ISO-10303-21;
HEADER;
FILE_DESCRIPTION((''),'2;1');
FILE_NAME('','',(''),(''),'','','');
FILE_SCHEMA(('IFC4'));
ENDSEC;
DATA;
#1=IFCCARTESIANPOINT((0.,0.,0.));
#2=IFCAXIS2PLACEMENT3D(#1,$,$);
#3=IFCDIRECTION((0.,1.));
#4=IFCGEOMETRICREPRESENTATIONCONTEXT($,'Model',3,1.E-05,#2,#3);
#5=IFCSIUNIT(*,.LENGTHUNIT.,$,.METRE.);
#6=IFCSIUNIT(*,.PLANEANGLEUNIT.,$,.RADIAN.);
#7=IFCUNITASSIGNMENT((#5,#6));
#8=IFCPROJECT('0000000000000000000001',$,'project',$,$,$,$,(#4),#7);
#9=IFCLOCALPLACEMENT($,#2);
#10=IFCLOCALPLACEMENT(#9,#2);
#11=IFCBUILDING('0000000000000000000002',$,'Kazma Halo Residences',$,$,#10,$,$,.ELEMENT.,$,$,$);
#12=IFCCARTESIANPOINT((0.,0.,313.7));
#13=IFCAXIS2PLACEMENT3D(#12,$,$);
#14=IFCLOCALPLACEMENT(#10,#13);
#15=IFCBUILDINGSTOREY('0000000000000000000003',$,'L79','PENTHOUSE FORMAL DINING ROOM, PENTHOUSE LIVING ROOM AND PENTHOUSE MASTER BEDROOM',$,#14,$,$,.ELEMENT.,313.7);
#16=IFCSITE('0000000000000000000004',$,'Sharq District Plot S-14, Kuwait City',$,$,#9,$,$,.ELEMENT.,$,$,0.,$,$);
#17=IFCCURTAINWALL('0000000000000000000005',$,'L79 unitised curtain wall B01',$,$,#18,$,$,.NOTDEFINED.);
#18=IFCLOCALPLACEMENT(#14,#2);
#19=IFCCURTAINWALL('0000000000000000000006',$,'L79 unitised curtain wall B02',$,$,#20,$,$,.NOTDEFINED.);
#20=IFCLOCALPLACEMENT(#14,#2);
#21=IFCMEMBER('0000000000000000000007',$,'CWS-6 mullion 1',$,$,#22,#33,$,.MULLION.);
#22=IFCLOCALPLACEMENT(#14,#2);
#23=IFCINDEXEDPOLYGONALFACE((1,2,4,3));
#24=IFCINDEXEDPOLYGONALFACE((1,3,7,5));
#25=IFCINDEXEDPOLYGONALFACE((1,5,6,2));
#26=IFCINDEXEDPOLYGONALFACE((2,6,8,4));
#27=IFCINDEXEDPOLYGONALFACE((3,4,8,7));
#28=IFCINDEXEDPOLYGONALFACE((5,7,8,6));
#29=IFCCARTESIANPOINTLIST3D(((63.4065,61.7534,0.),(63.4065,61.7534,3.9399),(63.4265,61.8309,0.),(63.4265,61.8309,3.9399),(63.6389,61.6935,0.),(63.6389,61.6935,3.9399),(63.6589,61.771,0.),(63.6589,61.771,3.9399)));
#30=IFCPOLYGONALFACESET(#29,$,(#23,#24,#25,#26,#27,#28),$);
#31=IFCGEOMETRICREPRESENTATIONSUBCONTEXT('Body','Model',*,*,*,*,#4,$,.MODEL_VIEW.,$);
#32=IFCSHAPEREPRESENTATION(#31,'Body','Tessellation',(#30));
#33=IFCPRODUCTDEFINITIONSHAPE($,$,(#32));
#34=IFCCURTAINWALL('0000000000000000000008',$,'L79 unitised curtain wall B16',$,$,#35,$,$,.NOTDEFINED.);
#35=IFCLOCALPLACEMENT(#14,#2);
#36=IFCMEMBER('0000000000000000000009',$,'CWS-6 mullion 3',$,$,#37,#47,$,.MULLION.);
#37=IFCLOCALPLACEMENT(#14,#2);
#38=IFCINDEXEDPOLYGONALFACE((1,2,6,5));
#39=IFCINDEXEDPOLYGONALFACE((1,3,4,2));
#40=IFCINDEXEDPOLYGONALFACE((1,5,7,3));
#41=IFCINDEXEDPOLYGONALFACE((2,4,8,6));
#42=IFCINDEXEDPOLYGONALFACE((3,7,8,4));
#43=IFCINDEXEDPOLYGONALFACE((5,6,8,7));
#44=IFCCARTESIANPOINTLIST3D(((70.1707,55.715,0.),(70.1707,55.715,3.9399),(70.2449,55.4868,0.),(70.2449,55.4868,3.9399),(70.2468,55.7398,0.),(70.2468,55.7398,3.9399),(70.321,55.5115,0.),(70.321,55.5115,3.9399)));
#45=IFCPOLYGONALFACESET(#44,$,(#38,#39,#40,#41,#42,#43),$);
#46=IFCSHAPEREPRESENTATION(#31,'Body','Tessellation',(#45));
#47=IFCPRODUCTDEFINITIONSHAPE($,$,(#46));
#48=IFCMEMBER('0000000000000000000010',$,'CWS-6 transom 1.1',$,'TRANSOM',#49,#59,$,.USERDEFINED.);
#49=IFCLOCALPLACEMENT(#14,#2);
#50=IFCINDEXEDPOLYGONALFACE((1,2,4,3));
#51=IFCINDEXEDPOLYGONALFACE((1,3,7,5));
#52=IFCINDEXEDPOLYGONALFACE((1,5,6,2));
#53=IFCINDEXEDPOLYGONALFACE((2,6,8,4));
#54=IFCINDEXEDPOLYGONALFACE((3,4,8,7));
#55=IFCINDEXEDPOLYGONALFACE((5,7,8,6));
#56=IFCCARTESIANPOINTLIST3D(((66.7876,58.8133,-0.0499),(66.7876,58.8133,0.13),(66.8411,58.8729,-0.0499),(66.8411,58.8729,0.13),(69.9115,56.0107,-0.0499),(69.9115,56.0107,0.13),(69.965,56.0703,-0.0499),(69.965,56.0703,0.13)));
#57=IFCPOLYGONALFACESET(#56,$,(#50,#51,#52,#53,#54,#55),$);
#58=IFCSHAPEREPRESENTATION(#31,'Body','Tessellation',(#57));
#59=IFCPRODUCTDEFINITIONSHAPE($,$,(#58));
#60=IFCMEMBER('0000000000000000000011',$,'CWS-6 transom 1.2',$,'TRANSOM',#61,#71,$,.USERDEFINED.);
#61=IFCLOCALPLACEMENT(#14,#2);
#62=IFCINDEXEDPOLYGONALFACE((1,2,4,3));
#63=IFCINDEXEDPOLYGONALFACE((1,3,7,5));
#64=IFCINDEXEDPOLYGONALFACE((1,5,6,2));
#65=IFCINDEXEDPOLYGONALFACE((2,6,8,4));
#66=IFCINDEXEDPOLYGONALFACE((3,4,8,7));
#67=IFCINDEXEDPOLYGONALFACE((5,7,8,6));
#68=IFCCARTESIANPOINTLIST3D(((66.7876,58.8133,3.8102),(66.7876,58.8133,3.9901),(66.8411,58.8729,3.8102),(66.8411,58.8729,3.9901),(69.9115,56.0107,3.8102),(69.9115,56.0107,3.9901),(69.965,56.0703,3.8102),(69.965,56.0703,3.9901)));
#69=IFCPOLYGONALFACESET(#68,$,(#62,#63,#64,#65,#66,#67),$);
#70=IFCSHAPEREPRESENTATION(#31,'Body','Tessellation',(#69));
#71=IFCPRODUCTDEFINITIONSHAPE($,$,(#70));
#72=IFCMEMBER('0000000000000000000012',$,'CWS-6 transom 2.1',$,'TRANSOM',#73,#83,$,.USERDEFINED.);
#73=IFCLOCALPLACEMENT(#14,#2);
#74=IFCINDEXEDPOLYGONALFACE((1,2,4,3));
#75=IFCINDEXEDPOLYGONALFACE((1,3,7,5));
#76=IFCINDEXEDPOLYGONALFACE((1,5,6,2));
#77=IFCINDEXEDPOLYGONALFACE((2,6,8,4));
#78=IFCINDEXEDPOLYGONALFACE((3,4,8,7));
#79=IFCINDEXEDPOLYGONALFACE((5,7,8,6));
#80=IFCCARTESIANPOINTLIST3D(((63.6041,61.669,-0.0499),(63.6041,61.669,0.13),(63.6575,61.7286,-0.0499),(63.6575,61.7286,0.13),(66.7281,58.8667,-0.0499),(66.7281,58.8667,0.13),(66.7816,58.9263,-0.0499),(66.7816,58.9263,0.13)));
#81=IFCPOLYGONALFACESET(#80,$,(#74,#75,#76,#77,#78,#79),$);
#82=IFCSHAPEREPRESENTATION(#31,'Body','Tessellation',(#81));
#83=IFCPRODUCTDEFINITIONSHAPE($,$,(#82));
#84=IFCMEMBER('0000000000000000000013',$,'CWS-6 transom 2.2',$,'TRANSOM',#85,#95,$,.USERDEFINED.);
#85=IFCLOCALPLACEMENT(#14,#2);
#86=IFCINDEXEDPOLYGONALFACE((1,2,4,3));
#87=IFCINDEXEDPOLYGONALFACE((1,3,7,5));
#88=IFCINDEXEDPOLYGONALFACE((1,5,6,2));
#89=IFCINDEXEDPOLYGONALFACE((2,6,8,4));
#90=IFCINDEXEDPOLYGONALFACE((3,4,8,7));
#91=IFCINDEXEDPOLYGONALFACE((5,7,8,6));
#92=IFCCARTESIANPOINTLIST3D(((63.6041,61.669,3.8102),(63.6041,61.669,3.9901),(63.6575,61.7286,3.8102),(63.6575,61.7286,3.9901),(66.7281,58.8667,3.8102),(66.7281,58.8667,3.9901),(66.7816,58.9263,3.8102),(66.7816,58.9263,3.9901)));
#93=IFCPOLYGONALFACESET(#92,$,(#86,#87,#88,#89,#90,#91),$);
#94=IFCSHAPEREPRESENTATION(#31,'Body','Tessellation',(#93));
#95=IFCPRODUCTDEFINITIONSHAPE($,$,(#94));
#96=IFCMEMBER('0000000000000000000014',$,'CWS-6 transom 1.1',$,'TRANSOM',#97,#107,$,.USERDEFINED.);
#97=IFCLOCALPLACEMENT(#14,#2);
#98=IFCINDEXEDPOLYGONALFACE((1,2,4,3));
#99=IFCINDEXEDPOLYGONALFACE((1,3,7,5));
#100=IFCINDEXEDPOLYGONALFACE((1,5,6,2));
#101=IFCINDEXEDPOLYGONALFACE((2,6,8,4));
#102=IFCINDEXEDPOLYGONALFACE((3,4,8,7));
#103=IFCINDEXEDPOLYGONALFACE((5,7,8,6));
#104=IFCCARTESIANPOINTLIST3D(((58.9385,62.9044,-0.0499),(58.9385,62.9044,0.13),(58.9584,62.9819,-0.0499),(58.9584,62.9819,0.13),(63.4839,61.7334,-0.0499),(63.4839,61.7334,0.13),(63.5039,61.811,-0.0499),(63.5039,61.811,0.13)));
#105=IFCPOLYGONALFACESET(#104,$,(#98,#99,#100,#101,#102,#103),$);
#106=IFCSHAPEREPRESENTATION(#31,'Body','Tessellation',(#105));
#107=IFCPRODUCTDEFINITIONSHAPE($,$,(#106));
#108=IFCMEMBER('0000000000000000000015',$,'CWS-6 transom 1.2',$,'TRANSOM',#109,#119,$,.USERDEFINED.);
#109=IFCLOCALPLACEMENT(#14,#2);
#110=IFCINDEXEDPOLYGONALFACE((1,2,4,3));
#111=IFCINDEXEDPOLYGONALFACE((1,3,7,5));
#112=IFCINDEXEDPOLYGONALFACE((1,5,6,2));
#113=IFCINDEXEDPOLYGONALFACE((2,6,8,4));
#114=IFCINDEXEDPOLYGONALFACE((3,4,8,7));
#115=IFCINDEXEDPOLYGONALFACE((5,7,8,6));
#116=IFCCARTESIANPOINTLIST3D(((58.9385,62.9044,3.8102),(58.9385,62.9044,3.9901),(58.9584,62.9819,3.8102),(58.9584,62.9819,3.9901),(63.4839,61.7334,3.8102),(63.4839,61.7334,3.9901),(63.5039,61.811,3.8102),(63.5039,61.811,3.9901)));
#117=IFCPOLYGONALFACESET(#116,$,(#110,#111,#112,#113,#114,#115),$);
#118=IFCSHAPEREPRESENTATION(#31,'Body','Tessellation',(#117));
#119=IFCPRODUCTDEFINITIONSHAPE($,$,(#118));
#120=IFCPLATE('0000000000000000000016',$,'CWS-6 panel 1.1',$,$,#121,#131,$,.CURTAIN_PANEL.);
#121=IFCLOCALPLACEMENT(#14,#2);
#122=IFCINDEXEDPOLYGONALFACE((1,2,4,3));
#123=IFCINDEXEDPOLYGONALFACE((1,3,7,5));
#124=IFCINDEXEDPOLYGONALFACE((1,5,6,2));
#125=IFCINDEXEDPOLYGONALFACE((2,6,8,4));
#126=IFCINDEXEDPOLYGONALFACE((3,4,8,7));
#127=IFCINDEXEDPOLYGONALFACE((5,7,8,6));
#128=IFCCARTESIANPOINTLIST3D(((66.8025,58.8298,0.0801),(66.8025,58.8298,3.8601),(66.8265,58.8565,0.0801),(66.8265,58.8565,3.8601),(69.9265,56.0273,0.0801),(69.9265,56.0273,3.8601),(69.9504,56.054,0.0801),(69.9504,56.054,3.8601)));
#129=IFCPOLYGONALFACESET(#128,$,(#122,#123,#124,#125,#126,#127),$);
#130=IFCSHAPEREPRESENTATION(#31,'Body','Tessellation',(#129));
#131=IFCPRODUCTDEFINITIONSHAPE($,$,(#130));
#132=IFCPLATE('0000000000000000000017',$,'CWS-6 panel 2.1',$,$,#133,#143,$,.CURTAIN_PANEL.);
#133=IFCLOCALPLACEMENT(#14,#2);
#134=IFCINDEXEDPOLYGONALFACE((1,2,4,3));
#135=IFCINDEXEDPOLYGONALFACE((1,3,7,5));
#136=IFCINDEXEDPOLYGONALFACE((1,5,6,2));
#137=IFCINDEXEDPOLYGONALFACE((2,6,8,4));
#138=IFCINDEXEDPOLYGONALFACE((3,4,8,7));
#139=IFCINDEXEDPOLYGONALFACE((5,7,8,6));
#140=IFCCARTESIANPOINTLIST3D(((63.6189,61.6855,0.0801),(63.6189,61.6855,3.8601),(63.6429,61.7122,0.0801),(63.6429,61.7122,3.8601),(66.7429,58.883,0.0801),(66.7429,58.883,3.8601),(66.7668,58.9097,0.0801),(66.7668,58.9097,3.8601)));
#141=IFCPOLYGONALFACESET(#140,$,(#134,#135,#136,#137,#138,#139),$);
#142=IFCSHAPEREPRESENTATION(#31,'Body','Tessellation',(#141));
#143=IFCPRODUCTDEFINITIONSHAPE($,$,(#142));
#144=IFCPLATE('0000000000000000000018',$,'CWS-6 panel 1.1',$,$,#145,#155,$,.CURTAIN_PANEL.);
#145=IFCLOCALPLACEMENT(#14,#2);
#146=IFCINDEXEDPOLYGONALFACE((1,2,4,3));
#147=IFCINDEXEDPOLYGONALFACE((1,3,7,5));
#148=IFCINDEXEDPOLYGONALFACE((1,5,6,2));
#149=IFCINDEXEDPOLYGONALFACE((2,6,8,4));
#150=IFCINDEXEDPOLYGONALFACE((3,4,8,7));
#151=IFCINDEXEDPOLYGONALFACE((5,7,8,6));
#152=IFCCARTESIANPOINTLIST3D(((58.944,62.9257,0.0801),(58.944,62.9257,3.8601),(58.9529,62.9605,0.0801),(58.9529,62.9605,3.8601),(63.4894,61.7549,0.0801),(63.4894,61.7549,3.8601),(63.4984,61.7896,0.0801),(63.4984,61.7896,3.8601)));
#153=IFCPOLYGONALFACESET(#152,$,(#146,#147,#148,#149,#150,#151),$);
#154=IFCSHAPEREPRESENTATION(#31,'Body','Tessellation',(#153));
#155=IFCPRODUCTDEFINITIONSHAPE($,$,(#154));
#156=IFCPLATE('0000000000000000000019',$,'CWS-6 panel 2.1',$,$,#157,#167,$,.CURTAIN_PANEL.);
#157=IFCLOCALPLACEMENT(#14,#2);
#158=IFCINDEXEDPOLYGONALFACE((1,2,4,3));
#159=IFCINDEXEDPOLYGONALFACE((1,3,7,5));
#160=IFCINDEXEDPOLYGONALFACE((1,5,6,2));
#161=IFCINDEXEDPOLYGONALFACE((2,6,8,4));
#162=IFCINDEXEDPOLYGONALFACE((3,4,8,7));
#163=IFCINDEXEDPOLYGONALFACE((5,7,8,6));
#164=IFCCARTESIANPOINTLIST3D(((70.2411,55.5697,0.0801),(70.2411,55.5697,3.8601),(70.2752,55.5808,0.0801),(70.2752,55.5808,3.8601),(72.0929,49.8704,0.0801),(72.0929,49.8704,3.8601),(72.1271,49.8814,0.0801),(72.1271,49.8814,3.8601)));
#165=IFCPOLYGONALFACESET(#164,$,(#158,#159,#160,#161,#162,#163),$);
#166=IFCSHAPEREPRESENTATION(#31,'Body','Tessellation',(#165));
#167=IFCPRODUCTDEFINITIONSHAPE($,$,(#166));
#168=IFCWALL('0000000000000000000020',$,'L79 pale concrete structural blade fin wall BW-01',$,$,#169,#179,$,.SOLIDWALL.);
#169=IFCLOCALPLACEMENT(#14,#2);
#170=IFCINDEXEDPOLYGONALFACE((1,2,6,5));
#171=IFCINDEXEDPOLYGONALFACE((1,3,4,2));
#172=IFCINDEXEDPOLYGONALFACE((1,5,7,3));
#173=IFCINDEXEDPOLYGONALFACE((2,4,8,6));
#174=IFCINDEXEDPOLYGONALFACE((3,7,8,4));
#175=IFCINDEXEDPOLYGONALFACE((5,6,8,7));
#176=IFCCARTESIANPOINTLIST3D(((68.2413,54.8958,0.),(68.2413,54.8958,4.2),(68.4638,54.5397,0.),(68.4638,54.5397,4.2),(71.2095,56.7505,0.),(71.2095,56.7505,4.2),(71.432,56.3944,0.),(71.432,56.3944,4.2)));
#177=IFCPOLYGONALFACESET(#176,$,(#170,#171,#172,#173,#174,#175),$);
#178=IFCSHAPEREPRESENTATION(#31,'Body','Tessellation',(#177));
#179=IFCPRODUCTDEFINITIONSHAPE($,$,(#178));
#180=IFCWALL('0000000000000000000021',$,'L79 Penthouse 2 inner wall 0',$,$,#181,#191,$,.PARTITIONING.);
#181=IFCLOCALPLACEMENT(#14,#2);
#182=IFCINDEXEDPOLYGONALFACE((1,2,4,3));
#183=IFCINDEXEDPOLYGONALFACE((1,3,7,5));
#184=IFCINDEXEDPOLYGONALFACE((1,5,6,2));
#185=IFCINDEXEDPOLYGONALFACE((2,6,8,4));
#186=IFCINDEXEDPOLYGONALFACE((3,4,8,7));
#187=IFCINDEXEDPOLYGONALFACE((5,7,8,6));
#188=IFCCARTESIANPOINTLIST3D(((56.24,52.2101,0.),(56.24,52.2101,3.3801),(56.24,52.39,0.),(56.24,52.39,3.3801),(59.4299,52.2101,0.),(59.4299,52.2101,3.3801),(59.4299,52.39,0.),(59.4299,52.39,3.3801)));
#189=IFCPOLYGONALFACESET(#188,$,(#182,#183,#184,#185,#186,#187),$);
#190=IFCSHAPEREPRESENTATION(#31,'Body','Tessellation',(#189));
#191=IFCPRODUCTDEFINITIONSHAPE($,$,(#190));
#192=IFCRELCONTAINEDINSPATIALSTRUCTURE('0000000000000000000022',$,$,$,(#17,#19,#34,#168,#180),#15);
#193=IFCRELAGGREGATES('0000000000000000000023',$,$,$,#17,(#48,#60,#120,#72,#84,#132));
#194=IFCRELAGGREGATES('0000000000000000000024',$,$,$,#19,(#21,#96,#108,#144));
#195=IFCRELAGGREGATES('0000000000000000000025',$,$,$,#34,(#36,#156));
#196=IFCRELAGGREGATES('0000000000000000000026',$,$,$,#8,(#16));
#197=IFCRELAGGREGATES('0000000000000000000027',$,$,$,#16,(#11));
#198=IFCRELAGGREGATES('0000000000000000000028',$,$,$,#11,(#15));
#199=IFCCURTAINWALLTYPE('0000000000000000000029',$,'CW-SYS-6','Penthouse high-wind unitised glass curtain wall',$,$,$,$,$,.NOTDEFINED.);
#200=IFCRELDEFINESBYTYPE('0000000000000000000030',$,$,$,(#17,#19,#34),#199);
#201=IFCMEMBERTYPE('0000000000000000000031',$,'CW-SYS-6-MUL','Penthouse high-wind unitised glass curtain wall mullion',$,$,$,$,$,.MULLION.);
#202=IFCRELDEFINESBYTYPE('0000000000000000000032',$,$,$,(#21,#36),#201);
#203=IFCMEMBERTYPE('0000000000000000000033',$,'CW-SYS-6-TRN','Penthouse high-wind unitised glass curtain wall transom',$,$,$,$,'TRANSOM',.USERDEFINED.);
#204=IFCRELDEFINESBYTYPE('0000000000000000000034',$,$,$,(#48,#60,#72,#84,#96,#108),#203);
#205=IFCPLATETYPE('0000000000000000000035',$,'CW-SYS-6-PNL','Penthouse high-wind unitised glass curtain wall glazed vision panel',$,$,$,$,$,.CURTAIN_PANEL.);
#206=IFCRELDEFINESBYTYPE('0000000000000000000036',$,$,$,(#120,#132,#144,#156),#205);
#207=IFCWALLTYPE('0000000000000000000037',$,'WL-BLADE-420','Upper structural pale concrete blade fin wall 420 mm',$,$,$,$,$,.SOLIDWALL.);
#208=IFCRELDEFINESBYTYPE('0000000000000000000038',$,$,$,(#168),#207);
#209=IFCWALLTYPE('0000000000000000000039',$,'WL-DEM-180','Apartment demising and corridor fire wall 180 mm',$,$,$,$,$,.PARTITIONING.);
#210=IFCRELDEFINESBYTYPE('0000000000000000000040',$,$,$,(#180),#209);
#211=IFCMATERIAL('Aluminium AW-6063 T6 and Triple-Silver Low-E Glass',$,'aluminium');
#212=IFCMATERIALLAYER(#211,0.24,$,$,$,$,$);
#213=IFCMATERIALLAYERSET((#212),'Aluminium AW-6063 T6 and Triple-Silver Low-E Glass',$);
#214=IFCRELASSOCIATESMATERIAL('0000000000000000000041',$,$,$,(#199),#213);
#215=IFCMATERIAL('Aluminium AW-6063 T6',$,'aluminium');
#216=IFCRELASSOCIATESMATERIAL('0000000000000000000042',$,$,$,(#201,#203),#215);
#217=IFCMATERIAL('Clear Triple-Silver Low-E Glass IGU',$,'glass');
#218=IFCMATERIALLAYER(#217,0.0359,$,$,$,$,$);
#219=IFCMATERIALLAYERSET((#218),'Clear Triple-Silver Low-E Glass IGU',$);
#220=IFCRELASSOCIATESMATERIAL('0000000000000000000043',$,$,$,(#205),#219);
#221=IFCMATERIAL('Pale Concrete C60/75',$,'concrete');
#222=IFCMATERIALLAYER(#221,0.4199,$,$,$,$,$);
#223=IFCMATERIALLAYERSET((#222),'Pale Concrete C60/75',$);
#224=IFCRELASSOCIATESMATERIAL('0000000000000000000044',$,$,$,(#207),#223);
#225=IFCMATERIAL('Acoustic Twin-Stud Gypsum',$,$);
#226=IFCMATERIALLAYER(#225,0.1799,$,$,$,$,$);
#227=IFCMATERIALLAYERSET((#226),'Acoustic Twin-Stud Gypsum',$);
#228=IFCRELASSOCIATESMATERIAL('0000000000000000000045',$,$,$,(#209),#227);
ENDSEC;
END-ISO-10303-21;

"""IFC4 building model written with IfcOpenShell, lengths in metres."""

from ifc_helpers import new_model, si_unit, direction, frame, frame_2d, origin, origin_2d, place, context, subcontext, project, spatial, rectangle, extrude, material, layer, layer_set, material_profile, profile_set, type_object, element, aggregate, save


model = new_model("IFC4")

# Units and contexts
model_context = context("Model", 3, precision=1e-05, world=origin(), true_north=direction((0.0, 1.0)))
body_context = subcontext(model_context, "Body", "Model", "MODEL_VIEW")
ifc_project = project(units=[si_unit("LENGTHUNIT", "METRE"), si_unit("PLANEANGLEUNIT", "RADIAN")], contexts=[model_context])

# Site, building, storey
site_placement = place(None, origin())
site = spatial("IfcSite", under=ifc_project, at=site_placement, Name="Sharq District Plot S-14, Kuwait City", CompositionType="ELEMENT", RefElevation=0.0)
building_placement = place(site_placement, origin())
building = spatial("IfcBuilding", under=site, at=building_placement, Name="Kazma Halo Residences", CompositionType="ELEMENT")
storey_placement = place(building_placement, frame((0.0, 0.0, 313.7)))
storey = spatial("IfcBuildingStorey", under=building, at=storey_placement, Name="L79", Description="PENTHOUSE FORMAL DINING ROOM, PENTHOUSE LIVING ROOM AND PENTHOUSE MASTER BEDROOM", CompositionType="ELEMENT", Elevation=313.7)

# Curtain wall
ifc_material_1 = material(Name="Aluminium AW-6063 T6 and Triple-Silver Low-E Glass", Category="aluminium")
ifc_layer_1 = layer(ifc_material_1, 0.24)
ifc_layer_set_1 = layer_set([ifc_layer_1], Name="Aluminium AW-6063 T6 and Triple-Silver Low-E Glass")
curtain_wall_type = type_object("IfcCurtainWallType", Name="CW-SYS-6", Description="Penthouse high-wind unitised glass curtain wall", PredefinedType="NOTDEFINED", material=ifc_layer_set_1)
curtain_wall_1_placement = place(storey_placement, origin())
curtain_wall_1 = element("IfcCurtainWall", 1, at=curtain_wall_1_placement, inside=storey, type_object=curtain_wall_type, Name="L79 unitised curtain wall B01", PredefinedType="NOTDEFINED")
ifc_material_2 = material(Name="Aluminium AW-6063 T6", Category="aluminium")
ifc_material_profile_1 = material_profile(ifc_material_2, rectangle(XDim=0.0801, YDim=0.24, at=origin_2d()), Name="CWM-80x240")
ifc_profile_set_1 = profile_set([ifc_material_profile_1], Name="Aluminium AW-6063 T6")
member_type_1 = type_object("IfcMemberType", Name="CW-SYS-6-MUL", Description="Penthouse high-wind unitised glass curtain wall mullion", PredefinedType="MULLION", material=ifc_profile_set_1)

# Curtain walls, members
curtain_wall_2_placement = place(storey_placement, origin())
curtain_wall_2 = element("IfcCurtainWall", 2, at=curtain_wall_2_placement, inside=storey, type_object=curtain_wall_type, Name="L79 unitised curtain wall B02", PredefinedType="NOTDEFINED")
member_1_placement = place(storey_placement, frame((63.5327, 61.7622, 0.0), z_axis=(0.0, 0.0, 1.0), x_axis=(-0.249446, -0.968389, 0.0)))
member_1 = element("IfcMember", 3, at=member_1_placement, type_object=member_type_1, Name="CWS-6 mullion 1", PredefinedType="MULLION", context=body_context, shape_type="SweptSolid", body=[
    extrude(rectangle(XDim=0.0801, YDim=0.24, at=origin_2d()), origin(), (0.0, 0.0, 1.0), 3.9399),
])
curtain_wall_3_placement = place(storey_placement, origin())
curtain_wall_3 = element("IfcCurtainWall", 4, at=curtain_wall_3_placement, inside=storey, type_object=curtain_wall_type, Name="L79 unitised curtain wall B16", PredefinedType="NOTDEFINED")
member_2_placement = place(storey_placement, frame((70.2458, 55.6133, 0.0), z_axis=(0.0, 0.0, 1.0), x_axis=(-0.951056, -0.309019, 0.0)))
member_2 = element("IfcMember", 5, at=member_2_placement, type_object=member_type_1, Name="CWS-6 mullion 3", PredefinedType="MULLION", context=body_context, shape_type="SweptSolid", body=[
    extrude(rectangle(XDim=0.0801, YDim=0.24, at=origin_2d()), origin(), (0.0, 0.0, 1.0), 3.9399),
])

# Members
ifc_material_profile_2 = material_profile(ifc_material_2, rectangle(XDim=0.0801, YDim=0.1799, at=origin_2d()), Name="CWT-80x180")
ifc_profile_set_2 = profile_set([ifc_material_profile_2], Name="Aluminium AW-6063 T6")
member_type_2 = type_object("IfcMemberType", Name="CW-SYS-6-TRN", Description="Penthouse high-wind unitised glass curtain wall transom", ElementType="TRANSOM", PredefinedType="USERDEFINED", material=ifc_profile_set_2)
member_3_placement = place(storey_placement, frame((69.9382, 56.0405, 0.04), z_axis=(-0.744349, 0.667791, 0.0), x_axis=(-0.667791, -0.744349, 0.0)))
member_3 = element("IfcMember", 6, at=member_3_placement, type_object=member_type_2, Name="CWS-6 transom 1.1", ObjectType="TRANSOM", PredefinedType="USERDEFINED", context=body_context, shape_type="SweptSolid", body=[
    extrude(rectangle(XDim=0.0801, YDim=0.1799, at=origin_2d()), origin(), (0.0, 0.0, 1.0), 4.1968),
])
member_4_placement = place(storey_placement, frame((69.9382, 56.0405, 3.9001), z_axis=(-0.744349, 0.667791, 0.0), x_axis=(-0.667791, -0.744349, 0.0)))
member_4 = element("IfcMember", 7, at=member_4_placement, type_object=member_type_2, Name="CWS-6 transom 1.2", ObjectType="TRANSOM", PredefinedType="USERDEFINED", context=body_context, shape_type="SweptSolid", body=[
    extrude(rectangle(XDim=0.0801, YDim=0.1799, at=origin_2d()), origin(), (0.0, 0.0, 1.0), 4.1968),
])
member_5_placement = place(storey_placement, frame((66.7549, 58.8965, 0.04), z_axis=(-0.744404, 0.66773, 0.0), x_axis=(-0.66773, -0.744404, 0.0)))
member_5 = element("IfcMember", 8, at=member_5_placement, type_object=member_type_2, Name="CWS-6 transom 2.1", ObjectType="TRANSOM", PredefinedType="USERDEFINED", context=body_context, shape_type="SweptSolid", body=[
    extrude(rectangle(XDim=0.0801, YDim=0.1799, at=origin_2d()), origin(), (0.0, 0.0, 1.0), 4.1968),
])
member_6_placement = place(storey_placement, frame((66.7549, 58.8965, 3.9001), z_axis=(-0.744404, 0.66773, 0.0), x_axis=(-0.66773, -0.744404, 0.0)))
member_6 = element("IfcMember", 9, at=member_6_placement, type_object=member_type_2, Name="CWS-6 transom 2.2", ObjectType="TRANSOM", PredefinedType="USERDEFINED", context=body_context, shape_type="SweptSolid", body=[
    extrude(rectangle(XDim=0.0801, YDim=0.1799, at=origin_2d()), origin(), (0.0, 0.0, 1.0), 4.1968),
])
member_7_placement = place(storey_placement, frame((63.4939, 61.7722, 0.04), z_axis=(-0.968386, 0.249456, 0.0), x_axis=(-0.249456, -0.968386, 0.0)))
member_7 = element("IfcMember", 10, at=member_7_placement, type_object=member_type_2, Name="CWS-6 transom 1.1", ObjectType="TRANSOM", PredefinedType="USERDEFINED", context=body_context, shape_type="SweptSolid", body=[
    extrude(rectangle(XDim=0.0801, YDim=0.1799, at=origin_2d()), origin(), (0.0, 0.0, 1.0), 4.6938),
])
member_8_placement = place(storey_placement, frame((63.4939, 61.7722, 3.9001), z_axis=(-0.968386, 0.249456, 0.0), x_axis=(-0.249456, -0.968386, 0.0)))
member_8 = element("IfcMember", 11, at=member_8_placement, type_object=member_type_2, Name="CWS-6 transom 1.2", ObjectType="TRANSOM", PredefinedType="USERDEFINED", context=body_context, shape_type="SweptSolid", body=[
    extrude(rectangle(XDim=0.0801, YDim=0.1799, at=origin_2d()), origin(), (0.0, 0.0, 1.0), 4.6938),
])

# Plates
ifc_material_3 = material(Name="Clear Triple-Silver Low-E Glass IGU", Category="glass")
ifc_layer_2 = layer(ifc_material_3, 0.0359)
ifc_layer_set_2 = layer_set([ifc_layer_2], Name="Clear Triple-Silver Low-E Glass IGU")
plate_type = type_object("IfcPlateType", Name="CW-SYS-6-PNL", Description="Penthouse high-wind unitised glass curtain wall glazed vision panel", PredefinedType="CURTAIN_PANEL", material=ifc_layer_set_2)
plate_1_placement = place(storey_placement, frame((68.3765, 57.4419, 0.0801), z_axis=(0.0, 0.0, 1.0), x_axis=(-0.744379, 0.667758, 0.0)))
plate_1 = element("IfcPlate", 12, at=plate_1_placement, type_object=plate_type, Name="CWS-6 panel 1.1", PredefinedType="CURTAIN_PANEL", context=body_context, shape_type="SweptSolid", body=[
    extrude(rectangle(XDim=4.1968, YDim=0.0359, at=origin_2d()), origin(), (0.0, 0.0, 1.0), 3.78),
])
plate_2_placement = place(storey_placement, frame((65.1929, 60.2976, 0.0801), z_axis=(0.0, 0.0, 1.0), x_axis=(-0.744379, 0.667758, 0.0)))
plate_2 = element("IfcPlate", 13, at=plate_2_placement, type_object=plate_type, Name="CWS-6 panel 2.1", PredefinedType="CURTAIN_PANEL", context=body_context, shape_type="SweptSolid", body=[
    extrude(rectangle(XDim=4.1968, YDim=0.0359, at=origin_2d()), origin(), (0.0, 0.0, 1.0), 3.78),
])
aggregate(curtain_wall_1, [member_3, member_4, plate_1, member_5, member_6, plate_2])
plate_3_placement = place(storey_placement, frame((61.2212, 62.3577, 0.0801), z_axis=(0.0, 0.0, 1.0), x_axis=(-0.968389, 0.249446, 0.0)))
plate_3 = element("IfcPlate", 14, at=plate_3_placement, type_object=plate_type, Name="CWS-6 panel 1.1", PredefinedType="CURTAIN_PANEL", context=body_context, shape_type="SweptSolid", body=[
    extrude(rectangle(XDim=4.6938, YDim=0.0359, at=origin_2d()), origin(), (0.0, 0.0, 1.0), 3.78),
])
aggregate(curtain_wall_2, [member_1, member_7, member_8, plate_3])
plate_4_placement = place(storey_placement, frame((71.1841, 52.7256, 0.0801), z_axis=(0.0, 0.0, 1.0), x_axis=(-0.309019, 0.951056, 0.0)))
plate_4 = element("IfcPlate", 15, at=plate_4_placement, type_object=plate_type, Name="CWS-6 panel 2.1", PredefinedType="CURTAIN_PANEL", context=body_context, shape_type="SweptSolid", body=[
    extrude(rectangle(XDim=5.9927, YDim=0.0359, at=origin_2d()), origin(), (0.0, 0.0, 1.0), 3.78),
])
aggregate(curtain_wall_3, [member_2, plate_4])

# Walls
ifc_material_4 = material(Name="Pale Concrete C60/75", Category="concrete")
ifc_layer_3 = layer(ifc_material_4, 0.4199)
ifc_layer_set_3 = layer_set([ifc_layer_3], Name="Pale Concrete C60/75")
wall_type_1 = type_object("IfcWallType", Name="WL-BLADE-420", Description="Upper structural pale concrete blade fin wall 420 mm", PredefinedType="SOLIDWALL", material=ifc_layer_set_3)
wall_1_placement = place(storey_placement, frame((68.3525, 54.7178, 0.0), z_axis=(0.0, 0.0, 1.0), x_axis=(0.848053, 0.529911, 0.0)))
element("IfcWall", 16, at=wall_1_placement, inside=storey, type_object=wall_type_1, Name="L79 pale concrete structural blade fin wall BW-01", PredefinedType="SOLIDWALL", context=body_context, shape_type="SweptSolid", body=[
    extrude(rectangle(XDim=3.5, YDim=0.4199, at=frame_2d((1.75, 0.0))), origin(), (0.0, 0.0, 1.0), 4.2),
])
ifc_material_5 = material(Name="Acoustic Twin-Stud Gypsum")
ifc_layer_4 = layer(ifc_material_5, 0.1799)
ifc_layer_set_4 = layer_set([ifc_layer_4], Name="Acoustic Twin-Stud Gypsum")
wall_type_2 = type_object("IfcWallType", Name="WL-DEM-180", Description="Apartment demising and corridor fire wall 180 mm", PredefinedType="PARTITIONING", material=ifc_layer_set_4)
wall_2_placement = place(storey_placement, frame((59.4299, 52.3, 0.0), z_axis=(0.0, 0.0, 1.0), x_axis=(-1.0, 0.0, 0.0)))
element("IfcWall", 17, at=wall_2_placement, inside=storey, type_object=wall_type_2, Name="L79 Penthouse 2 inner wall 0", PredefinedType="PARTITIONING", context=body_context, shape_type="SweptSolid", body=[
    extrude(rectangle(XDim=3.1899, YDim=0.1799, at=frame_2d((1.595, 0.0))), origin(), (0.0, 0.0, 1.0), 3.3801),
])

save(model, "model.ifc")
